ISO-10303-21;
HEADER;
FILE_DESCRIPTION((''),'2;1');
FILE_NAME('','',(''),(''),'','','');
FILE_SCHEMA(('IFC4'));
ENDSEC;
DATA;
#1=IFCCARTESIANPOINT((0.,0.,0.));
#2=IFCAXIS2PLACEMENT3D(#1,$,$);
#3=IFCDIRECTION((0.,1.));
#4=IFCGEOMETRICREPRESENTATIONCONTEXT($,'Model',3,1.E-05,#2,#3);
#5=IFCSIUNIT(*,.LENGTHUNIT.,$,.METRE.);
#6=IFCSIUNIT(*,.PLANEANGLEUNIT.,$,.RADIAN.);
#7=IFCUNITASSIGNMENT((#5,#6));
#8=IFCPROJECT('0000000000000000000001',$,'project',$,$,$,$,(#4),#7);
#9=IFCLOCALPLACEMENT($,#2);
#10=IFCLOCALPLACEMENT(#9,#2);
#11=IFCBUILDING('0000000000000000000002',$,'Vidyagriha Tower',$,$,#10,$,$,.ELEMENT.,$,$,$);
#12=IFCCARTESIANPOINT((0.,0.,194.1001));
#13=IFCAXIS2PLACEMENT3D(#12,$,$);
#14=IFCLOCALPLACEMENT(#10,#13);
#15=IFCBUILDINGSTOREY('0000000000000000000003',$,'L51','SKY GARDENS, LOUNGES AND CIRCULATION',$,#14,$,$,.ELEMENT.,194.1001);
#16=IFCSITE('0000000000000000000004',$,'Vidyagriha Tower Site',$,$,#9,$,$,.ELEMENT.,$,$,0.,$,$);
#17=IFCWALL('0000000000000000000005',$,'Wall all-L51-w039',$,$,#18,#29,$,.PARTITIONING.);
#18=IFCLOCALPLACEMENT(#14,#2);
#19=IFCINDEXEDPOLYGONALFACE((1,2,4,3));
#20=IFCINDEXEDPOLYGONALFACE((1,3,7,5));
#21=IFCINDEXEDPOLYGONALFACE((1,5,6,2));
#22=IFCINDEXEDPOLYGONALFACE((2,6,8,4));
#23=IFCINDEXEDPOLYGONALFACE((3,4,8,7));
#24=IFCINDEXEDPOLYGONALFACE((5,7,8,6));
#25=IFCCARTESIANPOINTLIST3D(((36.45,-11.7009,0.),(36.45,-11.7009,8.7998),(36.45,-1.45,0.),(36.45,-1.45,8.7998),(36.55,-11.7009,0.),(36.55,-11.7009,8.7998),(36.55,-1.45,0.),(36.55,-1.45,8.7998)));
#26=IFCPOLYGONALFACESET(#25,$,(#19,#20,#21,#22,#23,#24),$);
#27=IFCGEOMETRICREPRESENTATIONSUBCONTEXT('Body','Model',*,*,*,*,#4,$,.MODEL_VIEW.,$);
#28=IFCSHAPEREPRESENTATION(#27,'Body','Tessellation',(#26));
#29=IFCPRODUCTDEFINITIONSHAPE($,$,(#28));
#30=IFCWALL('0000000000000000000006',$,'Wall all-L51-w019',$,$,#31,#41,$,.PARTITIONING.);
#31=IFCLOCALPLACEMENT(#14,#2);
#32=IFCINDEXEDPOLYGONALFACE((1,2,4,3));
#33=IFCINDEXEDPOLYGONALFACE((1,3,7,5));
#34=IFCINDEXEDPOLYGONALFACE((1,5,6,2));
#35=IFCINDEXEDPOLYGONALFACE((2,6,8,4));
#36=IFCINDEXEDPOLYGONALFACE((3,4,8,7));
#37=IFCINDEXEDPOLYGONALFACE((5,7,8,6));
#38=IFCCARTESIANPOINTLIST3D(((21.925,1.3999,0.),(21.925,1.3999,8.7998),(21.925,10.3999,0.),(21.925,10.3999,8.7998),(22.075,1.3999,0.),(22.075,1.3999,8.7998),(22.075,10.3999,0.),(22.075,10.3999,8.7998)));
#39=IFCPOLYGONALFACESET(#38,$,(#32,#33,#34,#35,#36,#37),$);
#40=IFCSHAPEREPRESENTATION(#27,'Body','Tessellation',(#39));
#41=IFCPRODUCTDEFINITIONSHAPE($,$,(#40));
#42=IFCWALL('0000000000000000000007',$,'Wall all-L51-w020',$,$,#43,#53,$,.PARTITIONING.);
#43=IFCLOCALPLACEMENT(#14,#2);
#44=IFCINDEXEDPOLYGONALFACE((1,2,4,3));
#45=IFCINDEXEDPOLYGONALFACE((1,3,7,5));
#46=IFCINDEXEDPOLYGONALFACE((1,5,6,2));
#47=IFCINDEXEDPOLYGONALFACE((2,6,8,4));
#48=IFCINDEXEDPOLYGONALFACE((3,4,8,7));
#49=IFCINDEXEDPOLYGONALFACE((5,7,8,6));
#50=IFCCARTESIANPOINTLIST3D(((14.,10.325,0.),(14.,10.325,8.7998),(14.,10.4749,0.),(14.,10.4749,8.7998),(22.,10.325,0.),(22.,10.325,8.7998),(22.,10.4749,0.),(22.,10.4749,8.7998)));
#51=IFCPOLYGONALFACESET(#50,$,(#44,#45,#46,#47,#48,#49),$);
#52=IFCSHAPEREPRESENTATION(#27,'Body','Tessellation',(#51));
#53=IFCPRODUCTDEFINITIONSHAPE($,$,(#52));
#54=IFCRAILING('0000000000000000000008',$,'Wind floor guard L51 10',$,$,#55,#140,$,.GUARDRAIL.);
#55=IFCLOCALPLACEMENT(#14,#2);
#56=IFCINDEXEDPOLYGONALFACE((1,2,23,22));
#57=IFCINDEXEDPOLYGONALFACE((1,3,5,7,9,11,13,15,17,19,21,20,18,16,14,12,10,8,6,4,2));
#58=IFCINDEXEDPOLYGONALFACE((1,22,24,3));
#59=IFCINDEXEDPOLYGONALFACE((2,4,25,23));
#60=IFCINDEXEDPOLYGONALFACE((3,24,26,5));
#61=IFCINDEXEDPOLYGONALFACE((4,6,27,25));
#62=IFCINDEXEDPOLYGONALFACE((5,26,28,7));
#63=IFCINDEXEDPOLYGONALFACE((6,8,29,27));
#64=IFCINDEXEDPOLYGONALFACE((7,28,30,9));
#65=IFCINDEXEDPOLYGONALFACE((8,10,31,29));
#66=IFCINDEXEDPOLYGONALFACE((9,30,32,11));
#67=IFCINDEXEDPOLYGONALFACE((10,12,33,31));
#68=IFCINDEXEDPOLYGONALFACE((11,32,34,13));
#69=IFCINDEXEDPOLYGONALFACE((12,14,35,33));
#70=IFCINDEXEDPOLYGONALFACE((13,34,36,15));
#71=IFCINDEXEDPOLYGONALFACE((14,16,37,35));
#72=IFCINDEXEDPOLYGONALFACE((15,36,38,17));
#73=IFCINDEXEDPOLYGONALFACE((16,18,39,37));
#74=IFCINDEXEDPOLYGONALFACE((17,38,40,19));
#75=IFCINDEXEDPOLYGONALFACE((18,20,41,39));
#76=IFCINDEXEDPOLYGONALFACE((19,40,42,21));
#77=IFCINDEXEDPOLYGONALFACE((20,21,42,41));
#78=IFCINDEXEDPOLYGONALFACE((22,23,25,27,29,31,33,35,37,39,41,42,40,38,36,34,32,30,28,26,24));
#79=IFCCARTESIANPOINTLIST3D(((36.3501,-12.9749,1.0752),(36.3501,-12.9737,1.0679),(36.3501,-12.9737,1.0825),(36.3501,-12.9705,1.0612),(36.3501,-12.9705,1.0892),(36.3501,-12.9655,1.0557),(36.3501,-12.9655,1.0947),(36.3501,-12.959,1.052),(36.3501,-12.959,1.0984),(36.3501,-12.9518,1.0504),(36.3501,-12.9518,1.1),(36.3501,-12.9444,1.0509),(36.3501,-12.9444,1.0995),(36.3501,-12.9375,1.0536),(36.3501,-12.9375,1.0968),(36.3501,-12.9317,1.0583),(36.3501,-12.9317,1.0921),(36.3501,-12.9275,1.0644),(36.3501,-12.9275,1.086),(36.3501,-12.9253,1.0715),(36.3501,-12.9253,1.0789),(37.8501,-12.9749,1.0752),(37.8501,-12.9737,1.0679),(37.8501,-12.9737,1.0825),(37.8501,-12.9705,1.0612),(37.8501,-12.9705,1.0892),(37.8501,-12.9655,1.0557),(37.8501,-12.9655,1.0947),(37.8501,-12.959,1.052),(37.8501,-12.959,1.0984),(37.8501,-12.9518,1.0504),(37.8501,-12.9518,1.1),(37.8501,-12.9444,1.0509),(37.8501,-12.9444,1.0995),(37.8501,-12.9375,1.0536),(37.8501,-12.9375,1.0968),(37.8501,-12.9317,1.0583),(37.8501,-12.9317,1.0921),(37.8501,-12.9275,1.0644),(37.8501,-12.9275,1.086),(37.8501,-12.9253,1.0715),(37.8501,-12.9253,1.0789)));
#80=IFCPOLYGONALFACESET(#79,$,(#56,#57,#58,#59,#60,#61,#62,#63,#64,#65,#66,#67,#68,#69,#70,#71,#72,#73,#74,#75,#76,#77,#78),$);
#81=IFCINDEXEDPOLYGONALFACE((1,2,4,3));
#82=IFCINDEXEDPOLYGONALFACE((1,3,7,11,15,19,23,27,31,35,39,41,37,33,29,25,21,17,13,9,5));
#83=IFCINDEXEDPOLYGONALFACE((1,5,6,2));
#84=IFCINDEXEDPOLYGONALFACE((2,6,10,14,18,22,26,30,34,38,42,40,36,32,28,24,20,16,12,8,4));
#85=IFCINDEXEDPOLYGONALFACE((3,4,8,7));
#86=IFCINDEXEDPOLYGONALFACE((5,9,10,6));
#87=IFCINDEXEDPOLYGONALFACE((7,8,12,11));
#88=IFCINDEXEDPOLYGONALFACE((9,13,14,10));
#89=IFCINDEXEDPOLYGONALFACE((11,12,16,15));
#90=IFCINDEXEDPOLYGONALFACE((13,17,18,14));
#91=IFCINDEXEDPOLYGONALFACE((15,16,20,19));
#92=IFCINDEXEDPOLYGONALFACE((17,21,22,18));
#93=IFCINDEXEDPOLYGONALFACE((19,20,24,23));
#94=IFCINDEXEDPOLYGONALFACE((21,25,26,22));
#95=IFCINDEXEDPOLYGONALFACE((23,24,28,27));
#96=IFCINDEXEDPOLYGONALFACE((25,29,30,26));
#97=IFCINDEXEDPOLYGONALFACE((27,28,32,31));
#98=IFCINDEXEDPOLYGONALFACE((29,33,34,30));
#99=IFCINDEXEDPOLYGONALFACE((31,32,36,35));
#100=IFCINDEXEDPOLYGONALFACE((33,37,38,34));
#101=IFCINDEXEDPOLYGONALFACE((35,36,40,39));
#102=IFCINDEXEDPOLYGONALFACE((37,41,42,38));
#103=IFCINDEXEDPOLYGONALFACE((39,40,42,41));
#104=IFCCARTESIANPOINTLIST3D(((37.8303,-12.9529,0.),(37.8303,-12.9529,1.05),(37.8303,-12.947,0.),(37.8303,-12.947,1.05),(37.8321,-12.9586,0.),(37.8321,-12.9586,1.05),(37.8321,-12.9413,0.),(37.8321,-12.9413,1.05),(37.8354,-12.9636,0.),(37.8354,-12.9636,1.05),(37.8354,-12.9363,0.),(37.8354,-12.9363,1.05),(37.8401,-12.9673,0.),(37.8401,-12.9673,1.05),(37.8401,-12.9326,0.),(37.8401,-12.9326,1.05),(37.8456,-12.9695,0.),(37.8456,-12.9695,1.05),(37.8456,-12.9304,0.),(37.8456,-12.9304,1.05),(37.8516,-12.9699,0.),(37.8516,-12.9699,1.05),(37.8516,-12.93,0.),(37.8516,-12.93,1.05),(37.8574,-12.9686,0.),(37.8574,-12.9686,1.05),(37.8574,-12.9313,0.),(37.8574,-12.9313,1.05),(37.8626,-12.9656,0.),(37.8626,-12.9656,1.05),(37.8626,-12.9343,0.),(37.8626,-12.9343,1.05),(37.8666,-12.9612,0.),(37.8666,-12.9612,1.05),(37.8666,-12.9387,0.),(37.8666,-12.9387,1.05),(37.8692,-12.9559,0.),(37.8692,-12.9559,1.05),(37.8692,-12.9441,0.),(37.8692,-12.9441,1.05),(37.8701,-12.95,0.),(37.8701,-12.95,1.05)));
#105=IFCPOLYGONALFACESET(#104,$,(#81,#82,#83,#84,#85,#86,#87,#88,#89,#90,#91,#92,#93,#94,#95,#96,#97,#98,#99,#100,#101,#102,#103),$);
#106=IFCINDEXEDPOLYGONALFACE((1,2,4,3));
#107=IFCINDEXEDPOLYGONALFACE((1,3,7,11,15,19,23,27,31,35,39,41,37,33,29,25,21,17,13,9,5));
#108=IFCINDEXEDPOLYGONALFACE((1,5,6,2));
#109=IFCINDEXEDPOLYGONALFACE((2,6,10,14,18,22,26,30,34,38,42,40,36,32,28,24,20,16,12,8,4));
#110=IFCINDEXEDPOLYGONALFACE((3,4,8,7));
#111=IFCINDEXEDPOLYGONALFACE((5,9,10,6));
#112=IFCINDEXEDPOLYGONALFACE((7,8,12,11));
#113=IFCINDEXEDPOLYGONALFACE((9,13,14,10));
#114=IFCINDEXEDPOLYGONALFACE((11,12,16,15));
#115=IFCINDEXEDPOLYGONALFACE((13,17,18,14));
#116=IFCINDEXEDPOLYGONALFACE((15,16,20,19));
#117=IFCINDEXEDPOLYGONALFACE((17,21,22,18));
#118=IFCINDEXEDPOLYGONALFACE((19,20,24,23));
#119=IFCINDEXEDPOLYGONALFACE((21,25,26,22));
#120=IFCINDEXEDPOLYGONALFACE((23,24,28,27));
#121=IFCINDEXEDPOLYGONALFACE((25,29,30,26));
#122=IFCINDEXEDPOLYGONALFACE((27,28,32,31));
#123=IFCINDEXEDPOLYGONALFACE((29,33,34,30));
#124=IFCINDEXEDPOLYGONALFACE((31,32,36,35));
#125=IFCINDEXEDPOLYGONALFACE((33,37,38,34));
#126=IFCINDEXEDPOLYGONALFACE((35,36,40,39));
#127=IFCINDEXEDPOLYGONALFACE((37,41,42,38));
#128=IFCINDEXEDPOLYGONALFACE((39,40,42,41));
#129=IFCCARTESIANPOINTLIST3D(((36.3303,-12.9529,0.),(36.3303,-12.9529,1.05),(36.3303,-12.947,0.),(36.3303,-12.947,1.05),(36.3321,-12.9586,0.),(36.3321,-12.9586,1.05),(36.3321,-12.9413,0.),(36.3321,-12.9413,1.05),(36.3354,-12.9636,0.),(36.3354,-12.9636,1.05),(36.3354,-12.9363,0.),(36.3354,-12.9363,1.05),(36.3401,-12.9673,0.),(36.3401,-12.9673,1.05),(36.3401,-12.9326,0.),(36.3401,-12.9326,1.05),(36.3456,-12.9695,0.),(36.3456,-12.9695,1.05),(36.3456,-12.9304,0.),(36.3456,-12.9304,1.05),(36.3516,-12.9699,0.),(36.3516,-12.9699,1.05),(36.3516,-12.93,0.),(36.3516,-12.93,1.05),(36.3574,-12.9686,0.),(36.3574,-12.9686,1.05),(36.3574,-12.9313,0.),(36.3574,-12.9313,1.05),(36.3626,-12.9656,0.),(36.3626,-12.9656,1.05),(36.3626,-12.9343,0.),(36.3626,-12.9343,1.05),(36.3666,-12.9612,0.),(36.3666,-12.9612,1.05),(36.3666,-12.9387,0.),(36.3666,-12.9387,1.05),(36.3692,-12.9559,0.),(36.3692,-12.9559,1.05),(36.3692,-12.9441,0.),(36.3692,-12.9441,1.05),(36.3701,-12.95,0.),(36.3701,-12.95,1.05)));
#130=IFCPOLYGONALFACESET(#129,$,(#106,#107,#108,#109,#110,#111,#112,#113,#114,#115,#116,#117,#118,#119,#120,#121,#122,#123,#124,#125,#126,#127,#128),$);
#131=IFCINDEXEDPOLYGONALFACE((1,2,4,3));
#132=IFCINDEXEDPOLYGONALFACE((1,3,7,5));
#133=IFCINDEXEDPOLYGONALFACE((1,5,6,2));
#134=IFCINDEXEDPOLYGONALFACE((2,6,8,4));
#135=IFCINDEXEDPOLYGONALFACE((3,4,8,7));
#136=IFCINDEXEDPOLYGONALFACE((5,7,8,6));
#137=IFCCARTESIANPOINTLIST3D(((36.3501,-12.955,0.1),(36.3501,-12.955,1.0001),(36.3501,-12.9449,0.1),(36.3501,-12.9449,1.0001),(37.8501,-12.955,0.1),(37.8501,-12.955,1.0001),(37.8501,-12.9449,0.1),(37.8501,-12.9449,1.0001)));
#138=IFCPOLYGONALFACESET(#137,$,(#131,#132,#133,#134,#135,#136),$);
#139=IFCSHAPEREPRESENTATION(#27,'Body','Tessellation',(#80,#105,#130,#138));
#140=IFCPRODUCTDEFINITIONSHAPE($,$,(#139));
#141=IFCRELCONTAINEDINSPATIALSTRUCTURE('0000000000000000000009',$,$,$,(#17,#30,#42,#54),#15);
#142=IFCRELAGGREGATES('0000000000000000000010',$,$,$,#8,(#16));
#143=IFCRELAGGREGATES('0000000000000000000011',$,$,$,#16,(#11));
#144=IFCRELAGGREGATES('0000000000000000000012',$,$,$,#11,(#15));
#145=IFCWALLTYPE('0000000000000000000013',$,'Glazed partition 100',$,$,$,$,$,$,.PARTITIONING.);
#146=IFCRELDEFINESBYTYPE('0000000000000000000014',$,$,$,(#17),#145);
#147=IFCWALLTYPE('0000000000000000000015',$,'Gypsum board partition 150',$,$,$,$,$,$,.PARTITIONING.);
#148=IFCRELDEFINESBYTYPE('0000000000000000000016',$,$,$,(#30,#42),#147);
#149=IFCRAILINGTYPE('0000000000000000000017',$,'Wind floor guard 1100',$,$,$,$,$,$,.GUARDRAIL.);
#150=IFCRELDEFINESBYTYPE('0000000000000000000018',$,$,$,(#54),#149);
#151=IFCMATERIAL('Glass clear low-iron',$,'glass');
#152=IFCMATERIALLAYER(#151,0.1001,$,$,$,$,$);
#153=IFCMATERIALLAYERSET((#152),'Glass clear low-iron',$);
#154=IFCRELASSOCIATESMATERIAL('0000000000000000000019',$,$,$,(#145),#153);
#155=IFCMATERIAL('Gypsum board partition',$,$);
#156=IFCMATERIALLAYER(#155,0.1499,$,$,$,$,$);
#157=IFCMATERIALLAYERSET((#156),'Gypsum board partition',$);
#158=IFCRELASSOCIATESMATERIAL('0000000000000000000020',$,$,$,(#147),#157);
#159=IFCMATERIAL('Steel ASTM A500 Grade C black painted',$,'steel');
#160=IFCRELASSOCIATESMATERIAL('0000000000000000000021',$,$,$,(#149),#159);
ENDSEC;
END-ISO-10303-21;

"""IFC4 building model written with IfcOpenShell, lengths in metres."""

from ifc_helpers import new_model, si_unit, direction, frame, frame_2d, origin, origin_2d, place, context, subcontext, project, spatial, rectangle, circle, extrude, material, layer, layer_set, type_object, element, save


model = new_model("IFC4")

# Units and contexts
model_context = context("Model", 3, precision=1e-05, world=origin(), true_north=direction((0.0, 1.0)))
body_context = subcontext(model_context, "Body", "Model", "MODEL_VIEW")
ifc_project = project(units=[si_unit("LENGTHUNIT", "METRE"), si_unit("PLANEANGLEUNIT", "RADIAN")], contexts=[model_context])

# Site, building, storey
site_placement = place(None, origin())
site = spatial("IfcSite", under=ifc_project, at=site_placement, Name="Vidyagriha Tower Site", CompositionType="ELEMENT", RefElevation=0.0)
building_placement = place(site_placement, origin())
building = spatial("IfcBuilding", under=site, at=building_placement, Name="Vidyagriha Tower", CompositionType="ELEMENT")
storey_placement = place(building_placement, frame((0.0, 0.0, 194.1001)))
storey = spatial("IfcBuildingStorey", under=building, at=storey_placement, Name="L51", Description="SKY GARDENS, LOUNGES AND CIRCULATION", CompositionType="ELEMENT", Elevation=194.1001)

# Walls
ifc_material_1 = material(Name="Glass clear low-iron", Category="glass")
ifc_layer_1 = layer(ifc_material_1, 0.1001)
ifc_layer_set_1 = layer_set([ifc_layer_1], Name="Glass clear low-iron")
wall_type_1 = type_object("IfcWallType", Name="Glazed partition 100", PredefinedType="PARTITIONING", material=ifc_layer_set_1)
wall_1_placement = place(storey_placement, frame((36.5, -1.45, 0.0), z_axis=(0.0, 0.0, 1.0), x_axis=(0.0, -1.0, 0.0)))
element("IfcWall", 1, at=wall_1_placement, inside=storey, type_object=wall_type_1, Name="Wall all-L51-w039", PredefinedType="PARTITIONING", context=body_context, shape_type="SweptSolid", body=[
    extrude(rectangle(XDim=10.251, YDim=0.1001, at=frame_2d((5.1255, 0.0))), origin(), (0.0, 0.0, 1.0), 8.7998),
])
ifc_material_2 = material(Name="Gypsum board partition")
ifc_layer_2 = layer(ifc_material_2, 0.1499)
ifc_layer_set_2 = layer_set([ifc_layer_2], Name="Gypsum board partition")
wall_type_2 = type_object("IfcWallType", Name="Gypsum board partition 150", PredefinedType="PARTITIONING", material=ifc_layer_set_2)
wall_2_placement = place(storey_placement, frame((22.0, 1.3999, 0.0), z_axis=(0.0, 0.0, 1.0), x_axis=(0.0, 1.0, 0.0)))
element("IfcWall", 2, at=wall_2_placement, inside=storey, type_object=wall_type_2, Name="Wall all-L51-w019", PredefinedType="PARTITIONING", context=body_context, shape_type="SweptSolid", body=[
    extrude(rectangle(XDim=9.0, YDim=0.1499, at=frame_2d((4.5, 0.0))), origin(), (0.0, 0.0, 1.0), 8.7998),
])
wall_3_placement = place(storey_placement, frame((22.0, 10.3999, 0.0), z_axis=(0.0, 0.0, 1.0), x_axis=(-1.0, 0.0, 0.0)))
element("IfcWall", 3, at=wall_3_placement, inside=storey, type_object=wall_type_2, Name="Wall all-L51-w020", PredefinedType="PARTITIONING", context=body_context, shape_type="SweptSolid", body=[
    extrude(rectangle(XDim=8.0, YDim=0.1499, at=frame_2d((4.0, 0.0))), origin(), (0.0, 0.0, 1.0), 8.7998),
])

# Railing
ifc_material_3 = material(Name="Steel ASTM A500 Grade C black painted", Category="steel")
railing_type = type_object("IfcRailingType", Name="Wind floor guard 1100", PredefinedType="GUARDRAIL", material=ifc_material_3)
railing_1_placement = place(storey_placement, frame((37.8501, -12.95, 0.0)))
element("IfcRailing", 4, at=railing_1_placement, inside=storey, type_object=railing_type, Name="Wind floor guard L51 10", PredefinedType="GUARDRAIL", context=body_context, shape_type="SweptSolid", body=[
    extrude(circle(Radius=0.0249, at=origin_2d()), frame((0.0, 0.0, 1.0752), z_axis=(-1.0, 0.0, 0.0), x_axis=(0.0, -1.0, 0.0)), (0.0, 0.0, 1.0), 1.5),
    extrude(circle(Radius=0.02, at=origin_2d()), origin(), (0.0, 0.0, 1.0), 1.05),
    extrude(circle(Radius=0.02, at=origin_2d()), frame((-1.5, 0.0, 0.0)), (0.0, 0.0, 1.0), 1.05),
    extrude(rectangle(XDim=0.01, YDim=0.9001, at=origin_2d()), frame((0.0, 0.0, 0.55), z_axis=(-1.0, 0.0, 0.0), x_axis=(0.0, -1.0, 0.0)), (0.0, 0.0, 1.0), 1.5),
])

save(model, "model.ifc")
